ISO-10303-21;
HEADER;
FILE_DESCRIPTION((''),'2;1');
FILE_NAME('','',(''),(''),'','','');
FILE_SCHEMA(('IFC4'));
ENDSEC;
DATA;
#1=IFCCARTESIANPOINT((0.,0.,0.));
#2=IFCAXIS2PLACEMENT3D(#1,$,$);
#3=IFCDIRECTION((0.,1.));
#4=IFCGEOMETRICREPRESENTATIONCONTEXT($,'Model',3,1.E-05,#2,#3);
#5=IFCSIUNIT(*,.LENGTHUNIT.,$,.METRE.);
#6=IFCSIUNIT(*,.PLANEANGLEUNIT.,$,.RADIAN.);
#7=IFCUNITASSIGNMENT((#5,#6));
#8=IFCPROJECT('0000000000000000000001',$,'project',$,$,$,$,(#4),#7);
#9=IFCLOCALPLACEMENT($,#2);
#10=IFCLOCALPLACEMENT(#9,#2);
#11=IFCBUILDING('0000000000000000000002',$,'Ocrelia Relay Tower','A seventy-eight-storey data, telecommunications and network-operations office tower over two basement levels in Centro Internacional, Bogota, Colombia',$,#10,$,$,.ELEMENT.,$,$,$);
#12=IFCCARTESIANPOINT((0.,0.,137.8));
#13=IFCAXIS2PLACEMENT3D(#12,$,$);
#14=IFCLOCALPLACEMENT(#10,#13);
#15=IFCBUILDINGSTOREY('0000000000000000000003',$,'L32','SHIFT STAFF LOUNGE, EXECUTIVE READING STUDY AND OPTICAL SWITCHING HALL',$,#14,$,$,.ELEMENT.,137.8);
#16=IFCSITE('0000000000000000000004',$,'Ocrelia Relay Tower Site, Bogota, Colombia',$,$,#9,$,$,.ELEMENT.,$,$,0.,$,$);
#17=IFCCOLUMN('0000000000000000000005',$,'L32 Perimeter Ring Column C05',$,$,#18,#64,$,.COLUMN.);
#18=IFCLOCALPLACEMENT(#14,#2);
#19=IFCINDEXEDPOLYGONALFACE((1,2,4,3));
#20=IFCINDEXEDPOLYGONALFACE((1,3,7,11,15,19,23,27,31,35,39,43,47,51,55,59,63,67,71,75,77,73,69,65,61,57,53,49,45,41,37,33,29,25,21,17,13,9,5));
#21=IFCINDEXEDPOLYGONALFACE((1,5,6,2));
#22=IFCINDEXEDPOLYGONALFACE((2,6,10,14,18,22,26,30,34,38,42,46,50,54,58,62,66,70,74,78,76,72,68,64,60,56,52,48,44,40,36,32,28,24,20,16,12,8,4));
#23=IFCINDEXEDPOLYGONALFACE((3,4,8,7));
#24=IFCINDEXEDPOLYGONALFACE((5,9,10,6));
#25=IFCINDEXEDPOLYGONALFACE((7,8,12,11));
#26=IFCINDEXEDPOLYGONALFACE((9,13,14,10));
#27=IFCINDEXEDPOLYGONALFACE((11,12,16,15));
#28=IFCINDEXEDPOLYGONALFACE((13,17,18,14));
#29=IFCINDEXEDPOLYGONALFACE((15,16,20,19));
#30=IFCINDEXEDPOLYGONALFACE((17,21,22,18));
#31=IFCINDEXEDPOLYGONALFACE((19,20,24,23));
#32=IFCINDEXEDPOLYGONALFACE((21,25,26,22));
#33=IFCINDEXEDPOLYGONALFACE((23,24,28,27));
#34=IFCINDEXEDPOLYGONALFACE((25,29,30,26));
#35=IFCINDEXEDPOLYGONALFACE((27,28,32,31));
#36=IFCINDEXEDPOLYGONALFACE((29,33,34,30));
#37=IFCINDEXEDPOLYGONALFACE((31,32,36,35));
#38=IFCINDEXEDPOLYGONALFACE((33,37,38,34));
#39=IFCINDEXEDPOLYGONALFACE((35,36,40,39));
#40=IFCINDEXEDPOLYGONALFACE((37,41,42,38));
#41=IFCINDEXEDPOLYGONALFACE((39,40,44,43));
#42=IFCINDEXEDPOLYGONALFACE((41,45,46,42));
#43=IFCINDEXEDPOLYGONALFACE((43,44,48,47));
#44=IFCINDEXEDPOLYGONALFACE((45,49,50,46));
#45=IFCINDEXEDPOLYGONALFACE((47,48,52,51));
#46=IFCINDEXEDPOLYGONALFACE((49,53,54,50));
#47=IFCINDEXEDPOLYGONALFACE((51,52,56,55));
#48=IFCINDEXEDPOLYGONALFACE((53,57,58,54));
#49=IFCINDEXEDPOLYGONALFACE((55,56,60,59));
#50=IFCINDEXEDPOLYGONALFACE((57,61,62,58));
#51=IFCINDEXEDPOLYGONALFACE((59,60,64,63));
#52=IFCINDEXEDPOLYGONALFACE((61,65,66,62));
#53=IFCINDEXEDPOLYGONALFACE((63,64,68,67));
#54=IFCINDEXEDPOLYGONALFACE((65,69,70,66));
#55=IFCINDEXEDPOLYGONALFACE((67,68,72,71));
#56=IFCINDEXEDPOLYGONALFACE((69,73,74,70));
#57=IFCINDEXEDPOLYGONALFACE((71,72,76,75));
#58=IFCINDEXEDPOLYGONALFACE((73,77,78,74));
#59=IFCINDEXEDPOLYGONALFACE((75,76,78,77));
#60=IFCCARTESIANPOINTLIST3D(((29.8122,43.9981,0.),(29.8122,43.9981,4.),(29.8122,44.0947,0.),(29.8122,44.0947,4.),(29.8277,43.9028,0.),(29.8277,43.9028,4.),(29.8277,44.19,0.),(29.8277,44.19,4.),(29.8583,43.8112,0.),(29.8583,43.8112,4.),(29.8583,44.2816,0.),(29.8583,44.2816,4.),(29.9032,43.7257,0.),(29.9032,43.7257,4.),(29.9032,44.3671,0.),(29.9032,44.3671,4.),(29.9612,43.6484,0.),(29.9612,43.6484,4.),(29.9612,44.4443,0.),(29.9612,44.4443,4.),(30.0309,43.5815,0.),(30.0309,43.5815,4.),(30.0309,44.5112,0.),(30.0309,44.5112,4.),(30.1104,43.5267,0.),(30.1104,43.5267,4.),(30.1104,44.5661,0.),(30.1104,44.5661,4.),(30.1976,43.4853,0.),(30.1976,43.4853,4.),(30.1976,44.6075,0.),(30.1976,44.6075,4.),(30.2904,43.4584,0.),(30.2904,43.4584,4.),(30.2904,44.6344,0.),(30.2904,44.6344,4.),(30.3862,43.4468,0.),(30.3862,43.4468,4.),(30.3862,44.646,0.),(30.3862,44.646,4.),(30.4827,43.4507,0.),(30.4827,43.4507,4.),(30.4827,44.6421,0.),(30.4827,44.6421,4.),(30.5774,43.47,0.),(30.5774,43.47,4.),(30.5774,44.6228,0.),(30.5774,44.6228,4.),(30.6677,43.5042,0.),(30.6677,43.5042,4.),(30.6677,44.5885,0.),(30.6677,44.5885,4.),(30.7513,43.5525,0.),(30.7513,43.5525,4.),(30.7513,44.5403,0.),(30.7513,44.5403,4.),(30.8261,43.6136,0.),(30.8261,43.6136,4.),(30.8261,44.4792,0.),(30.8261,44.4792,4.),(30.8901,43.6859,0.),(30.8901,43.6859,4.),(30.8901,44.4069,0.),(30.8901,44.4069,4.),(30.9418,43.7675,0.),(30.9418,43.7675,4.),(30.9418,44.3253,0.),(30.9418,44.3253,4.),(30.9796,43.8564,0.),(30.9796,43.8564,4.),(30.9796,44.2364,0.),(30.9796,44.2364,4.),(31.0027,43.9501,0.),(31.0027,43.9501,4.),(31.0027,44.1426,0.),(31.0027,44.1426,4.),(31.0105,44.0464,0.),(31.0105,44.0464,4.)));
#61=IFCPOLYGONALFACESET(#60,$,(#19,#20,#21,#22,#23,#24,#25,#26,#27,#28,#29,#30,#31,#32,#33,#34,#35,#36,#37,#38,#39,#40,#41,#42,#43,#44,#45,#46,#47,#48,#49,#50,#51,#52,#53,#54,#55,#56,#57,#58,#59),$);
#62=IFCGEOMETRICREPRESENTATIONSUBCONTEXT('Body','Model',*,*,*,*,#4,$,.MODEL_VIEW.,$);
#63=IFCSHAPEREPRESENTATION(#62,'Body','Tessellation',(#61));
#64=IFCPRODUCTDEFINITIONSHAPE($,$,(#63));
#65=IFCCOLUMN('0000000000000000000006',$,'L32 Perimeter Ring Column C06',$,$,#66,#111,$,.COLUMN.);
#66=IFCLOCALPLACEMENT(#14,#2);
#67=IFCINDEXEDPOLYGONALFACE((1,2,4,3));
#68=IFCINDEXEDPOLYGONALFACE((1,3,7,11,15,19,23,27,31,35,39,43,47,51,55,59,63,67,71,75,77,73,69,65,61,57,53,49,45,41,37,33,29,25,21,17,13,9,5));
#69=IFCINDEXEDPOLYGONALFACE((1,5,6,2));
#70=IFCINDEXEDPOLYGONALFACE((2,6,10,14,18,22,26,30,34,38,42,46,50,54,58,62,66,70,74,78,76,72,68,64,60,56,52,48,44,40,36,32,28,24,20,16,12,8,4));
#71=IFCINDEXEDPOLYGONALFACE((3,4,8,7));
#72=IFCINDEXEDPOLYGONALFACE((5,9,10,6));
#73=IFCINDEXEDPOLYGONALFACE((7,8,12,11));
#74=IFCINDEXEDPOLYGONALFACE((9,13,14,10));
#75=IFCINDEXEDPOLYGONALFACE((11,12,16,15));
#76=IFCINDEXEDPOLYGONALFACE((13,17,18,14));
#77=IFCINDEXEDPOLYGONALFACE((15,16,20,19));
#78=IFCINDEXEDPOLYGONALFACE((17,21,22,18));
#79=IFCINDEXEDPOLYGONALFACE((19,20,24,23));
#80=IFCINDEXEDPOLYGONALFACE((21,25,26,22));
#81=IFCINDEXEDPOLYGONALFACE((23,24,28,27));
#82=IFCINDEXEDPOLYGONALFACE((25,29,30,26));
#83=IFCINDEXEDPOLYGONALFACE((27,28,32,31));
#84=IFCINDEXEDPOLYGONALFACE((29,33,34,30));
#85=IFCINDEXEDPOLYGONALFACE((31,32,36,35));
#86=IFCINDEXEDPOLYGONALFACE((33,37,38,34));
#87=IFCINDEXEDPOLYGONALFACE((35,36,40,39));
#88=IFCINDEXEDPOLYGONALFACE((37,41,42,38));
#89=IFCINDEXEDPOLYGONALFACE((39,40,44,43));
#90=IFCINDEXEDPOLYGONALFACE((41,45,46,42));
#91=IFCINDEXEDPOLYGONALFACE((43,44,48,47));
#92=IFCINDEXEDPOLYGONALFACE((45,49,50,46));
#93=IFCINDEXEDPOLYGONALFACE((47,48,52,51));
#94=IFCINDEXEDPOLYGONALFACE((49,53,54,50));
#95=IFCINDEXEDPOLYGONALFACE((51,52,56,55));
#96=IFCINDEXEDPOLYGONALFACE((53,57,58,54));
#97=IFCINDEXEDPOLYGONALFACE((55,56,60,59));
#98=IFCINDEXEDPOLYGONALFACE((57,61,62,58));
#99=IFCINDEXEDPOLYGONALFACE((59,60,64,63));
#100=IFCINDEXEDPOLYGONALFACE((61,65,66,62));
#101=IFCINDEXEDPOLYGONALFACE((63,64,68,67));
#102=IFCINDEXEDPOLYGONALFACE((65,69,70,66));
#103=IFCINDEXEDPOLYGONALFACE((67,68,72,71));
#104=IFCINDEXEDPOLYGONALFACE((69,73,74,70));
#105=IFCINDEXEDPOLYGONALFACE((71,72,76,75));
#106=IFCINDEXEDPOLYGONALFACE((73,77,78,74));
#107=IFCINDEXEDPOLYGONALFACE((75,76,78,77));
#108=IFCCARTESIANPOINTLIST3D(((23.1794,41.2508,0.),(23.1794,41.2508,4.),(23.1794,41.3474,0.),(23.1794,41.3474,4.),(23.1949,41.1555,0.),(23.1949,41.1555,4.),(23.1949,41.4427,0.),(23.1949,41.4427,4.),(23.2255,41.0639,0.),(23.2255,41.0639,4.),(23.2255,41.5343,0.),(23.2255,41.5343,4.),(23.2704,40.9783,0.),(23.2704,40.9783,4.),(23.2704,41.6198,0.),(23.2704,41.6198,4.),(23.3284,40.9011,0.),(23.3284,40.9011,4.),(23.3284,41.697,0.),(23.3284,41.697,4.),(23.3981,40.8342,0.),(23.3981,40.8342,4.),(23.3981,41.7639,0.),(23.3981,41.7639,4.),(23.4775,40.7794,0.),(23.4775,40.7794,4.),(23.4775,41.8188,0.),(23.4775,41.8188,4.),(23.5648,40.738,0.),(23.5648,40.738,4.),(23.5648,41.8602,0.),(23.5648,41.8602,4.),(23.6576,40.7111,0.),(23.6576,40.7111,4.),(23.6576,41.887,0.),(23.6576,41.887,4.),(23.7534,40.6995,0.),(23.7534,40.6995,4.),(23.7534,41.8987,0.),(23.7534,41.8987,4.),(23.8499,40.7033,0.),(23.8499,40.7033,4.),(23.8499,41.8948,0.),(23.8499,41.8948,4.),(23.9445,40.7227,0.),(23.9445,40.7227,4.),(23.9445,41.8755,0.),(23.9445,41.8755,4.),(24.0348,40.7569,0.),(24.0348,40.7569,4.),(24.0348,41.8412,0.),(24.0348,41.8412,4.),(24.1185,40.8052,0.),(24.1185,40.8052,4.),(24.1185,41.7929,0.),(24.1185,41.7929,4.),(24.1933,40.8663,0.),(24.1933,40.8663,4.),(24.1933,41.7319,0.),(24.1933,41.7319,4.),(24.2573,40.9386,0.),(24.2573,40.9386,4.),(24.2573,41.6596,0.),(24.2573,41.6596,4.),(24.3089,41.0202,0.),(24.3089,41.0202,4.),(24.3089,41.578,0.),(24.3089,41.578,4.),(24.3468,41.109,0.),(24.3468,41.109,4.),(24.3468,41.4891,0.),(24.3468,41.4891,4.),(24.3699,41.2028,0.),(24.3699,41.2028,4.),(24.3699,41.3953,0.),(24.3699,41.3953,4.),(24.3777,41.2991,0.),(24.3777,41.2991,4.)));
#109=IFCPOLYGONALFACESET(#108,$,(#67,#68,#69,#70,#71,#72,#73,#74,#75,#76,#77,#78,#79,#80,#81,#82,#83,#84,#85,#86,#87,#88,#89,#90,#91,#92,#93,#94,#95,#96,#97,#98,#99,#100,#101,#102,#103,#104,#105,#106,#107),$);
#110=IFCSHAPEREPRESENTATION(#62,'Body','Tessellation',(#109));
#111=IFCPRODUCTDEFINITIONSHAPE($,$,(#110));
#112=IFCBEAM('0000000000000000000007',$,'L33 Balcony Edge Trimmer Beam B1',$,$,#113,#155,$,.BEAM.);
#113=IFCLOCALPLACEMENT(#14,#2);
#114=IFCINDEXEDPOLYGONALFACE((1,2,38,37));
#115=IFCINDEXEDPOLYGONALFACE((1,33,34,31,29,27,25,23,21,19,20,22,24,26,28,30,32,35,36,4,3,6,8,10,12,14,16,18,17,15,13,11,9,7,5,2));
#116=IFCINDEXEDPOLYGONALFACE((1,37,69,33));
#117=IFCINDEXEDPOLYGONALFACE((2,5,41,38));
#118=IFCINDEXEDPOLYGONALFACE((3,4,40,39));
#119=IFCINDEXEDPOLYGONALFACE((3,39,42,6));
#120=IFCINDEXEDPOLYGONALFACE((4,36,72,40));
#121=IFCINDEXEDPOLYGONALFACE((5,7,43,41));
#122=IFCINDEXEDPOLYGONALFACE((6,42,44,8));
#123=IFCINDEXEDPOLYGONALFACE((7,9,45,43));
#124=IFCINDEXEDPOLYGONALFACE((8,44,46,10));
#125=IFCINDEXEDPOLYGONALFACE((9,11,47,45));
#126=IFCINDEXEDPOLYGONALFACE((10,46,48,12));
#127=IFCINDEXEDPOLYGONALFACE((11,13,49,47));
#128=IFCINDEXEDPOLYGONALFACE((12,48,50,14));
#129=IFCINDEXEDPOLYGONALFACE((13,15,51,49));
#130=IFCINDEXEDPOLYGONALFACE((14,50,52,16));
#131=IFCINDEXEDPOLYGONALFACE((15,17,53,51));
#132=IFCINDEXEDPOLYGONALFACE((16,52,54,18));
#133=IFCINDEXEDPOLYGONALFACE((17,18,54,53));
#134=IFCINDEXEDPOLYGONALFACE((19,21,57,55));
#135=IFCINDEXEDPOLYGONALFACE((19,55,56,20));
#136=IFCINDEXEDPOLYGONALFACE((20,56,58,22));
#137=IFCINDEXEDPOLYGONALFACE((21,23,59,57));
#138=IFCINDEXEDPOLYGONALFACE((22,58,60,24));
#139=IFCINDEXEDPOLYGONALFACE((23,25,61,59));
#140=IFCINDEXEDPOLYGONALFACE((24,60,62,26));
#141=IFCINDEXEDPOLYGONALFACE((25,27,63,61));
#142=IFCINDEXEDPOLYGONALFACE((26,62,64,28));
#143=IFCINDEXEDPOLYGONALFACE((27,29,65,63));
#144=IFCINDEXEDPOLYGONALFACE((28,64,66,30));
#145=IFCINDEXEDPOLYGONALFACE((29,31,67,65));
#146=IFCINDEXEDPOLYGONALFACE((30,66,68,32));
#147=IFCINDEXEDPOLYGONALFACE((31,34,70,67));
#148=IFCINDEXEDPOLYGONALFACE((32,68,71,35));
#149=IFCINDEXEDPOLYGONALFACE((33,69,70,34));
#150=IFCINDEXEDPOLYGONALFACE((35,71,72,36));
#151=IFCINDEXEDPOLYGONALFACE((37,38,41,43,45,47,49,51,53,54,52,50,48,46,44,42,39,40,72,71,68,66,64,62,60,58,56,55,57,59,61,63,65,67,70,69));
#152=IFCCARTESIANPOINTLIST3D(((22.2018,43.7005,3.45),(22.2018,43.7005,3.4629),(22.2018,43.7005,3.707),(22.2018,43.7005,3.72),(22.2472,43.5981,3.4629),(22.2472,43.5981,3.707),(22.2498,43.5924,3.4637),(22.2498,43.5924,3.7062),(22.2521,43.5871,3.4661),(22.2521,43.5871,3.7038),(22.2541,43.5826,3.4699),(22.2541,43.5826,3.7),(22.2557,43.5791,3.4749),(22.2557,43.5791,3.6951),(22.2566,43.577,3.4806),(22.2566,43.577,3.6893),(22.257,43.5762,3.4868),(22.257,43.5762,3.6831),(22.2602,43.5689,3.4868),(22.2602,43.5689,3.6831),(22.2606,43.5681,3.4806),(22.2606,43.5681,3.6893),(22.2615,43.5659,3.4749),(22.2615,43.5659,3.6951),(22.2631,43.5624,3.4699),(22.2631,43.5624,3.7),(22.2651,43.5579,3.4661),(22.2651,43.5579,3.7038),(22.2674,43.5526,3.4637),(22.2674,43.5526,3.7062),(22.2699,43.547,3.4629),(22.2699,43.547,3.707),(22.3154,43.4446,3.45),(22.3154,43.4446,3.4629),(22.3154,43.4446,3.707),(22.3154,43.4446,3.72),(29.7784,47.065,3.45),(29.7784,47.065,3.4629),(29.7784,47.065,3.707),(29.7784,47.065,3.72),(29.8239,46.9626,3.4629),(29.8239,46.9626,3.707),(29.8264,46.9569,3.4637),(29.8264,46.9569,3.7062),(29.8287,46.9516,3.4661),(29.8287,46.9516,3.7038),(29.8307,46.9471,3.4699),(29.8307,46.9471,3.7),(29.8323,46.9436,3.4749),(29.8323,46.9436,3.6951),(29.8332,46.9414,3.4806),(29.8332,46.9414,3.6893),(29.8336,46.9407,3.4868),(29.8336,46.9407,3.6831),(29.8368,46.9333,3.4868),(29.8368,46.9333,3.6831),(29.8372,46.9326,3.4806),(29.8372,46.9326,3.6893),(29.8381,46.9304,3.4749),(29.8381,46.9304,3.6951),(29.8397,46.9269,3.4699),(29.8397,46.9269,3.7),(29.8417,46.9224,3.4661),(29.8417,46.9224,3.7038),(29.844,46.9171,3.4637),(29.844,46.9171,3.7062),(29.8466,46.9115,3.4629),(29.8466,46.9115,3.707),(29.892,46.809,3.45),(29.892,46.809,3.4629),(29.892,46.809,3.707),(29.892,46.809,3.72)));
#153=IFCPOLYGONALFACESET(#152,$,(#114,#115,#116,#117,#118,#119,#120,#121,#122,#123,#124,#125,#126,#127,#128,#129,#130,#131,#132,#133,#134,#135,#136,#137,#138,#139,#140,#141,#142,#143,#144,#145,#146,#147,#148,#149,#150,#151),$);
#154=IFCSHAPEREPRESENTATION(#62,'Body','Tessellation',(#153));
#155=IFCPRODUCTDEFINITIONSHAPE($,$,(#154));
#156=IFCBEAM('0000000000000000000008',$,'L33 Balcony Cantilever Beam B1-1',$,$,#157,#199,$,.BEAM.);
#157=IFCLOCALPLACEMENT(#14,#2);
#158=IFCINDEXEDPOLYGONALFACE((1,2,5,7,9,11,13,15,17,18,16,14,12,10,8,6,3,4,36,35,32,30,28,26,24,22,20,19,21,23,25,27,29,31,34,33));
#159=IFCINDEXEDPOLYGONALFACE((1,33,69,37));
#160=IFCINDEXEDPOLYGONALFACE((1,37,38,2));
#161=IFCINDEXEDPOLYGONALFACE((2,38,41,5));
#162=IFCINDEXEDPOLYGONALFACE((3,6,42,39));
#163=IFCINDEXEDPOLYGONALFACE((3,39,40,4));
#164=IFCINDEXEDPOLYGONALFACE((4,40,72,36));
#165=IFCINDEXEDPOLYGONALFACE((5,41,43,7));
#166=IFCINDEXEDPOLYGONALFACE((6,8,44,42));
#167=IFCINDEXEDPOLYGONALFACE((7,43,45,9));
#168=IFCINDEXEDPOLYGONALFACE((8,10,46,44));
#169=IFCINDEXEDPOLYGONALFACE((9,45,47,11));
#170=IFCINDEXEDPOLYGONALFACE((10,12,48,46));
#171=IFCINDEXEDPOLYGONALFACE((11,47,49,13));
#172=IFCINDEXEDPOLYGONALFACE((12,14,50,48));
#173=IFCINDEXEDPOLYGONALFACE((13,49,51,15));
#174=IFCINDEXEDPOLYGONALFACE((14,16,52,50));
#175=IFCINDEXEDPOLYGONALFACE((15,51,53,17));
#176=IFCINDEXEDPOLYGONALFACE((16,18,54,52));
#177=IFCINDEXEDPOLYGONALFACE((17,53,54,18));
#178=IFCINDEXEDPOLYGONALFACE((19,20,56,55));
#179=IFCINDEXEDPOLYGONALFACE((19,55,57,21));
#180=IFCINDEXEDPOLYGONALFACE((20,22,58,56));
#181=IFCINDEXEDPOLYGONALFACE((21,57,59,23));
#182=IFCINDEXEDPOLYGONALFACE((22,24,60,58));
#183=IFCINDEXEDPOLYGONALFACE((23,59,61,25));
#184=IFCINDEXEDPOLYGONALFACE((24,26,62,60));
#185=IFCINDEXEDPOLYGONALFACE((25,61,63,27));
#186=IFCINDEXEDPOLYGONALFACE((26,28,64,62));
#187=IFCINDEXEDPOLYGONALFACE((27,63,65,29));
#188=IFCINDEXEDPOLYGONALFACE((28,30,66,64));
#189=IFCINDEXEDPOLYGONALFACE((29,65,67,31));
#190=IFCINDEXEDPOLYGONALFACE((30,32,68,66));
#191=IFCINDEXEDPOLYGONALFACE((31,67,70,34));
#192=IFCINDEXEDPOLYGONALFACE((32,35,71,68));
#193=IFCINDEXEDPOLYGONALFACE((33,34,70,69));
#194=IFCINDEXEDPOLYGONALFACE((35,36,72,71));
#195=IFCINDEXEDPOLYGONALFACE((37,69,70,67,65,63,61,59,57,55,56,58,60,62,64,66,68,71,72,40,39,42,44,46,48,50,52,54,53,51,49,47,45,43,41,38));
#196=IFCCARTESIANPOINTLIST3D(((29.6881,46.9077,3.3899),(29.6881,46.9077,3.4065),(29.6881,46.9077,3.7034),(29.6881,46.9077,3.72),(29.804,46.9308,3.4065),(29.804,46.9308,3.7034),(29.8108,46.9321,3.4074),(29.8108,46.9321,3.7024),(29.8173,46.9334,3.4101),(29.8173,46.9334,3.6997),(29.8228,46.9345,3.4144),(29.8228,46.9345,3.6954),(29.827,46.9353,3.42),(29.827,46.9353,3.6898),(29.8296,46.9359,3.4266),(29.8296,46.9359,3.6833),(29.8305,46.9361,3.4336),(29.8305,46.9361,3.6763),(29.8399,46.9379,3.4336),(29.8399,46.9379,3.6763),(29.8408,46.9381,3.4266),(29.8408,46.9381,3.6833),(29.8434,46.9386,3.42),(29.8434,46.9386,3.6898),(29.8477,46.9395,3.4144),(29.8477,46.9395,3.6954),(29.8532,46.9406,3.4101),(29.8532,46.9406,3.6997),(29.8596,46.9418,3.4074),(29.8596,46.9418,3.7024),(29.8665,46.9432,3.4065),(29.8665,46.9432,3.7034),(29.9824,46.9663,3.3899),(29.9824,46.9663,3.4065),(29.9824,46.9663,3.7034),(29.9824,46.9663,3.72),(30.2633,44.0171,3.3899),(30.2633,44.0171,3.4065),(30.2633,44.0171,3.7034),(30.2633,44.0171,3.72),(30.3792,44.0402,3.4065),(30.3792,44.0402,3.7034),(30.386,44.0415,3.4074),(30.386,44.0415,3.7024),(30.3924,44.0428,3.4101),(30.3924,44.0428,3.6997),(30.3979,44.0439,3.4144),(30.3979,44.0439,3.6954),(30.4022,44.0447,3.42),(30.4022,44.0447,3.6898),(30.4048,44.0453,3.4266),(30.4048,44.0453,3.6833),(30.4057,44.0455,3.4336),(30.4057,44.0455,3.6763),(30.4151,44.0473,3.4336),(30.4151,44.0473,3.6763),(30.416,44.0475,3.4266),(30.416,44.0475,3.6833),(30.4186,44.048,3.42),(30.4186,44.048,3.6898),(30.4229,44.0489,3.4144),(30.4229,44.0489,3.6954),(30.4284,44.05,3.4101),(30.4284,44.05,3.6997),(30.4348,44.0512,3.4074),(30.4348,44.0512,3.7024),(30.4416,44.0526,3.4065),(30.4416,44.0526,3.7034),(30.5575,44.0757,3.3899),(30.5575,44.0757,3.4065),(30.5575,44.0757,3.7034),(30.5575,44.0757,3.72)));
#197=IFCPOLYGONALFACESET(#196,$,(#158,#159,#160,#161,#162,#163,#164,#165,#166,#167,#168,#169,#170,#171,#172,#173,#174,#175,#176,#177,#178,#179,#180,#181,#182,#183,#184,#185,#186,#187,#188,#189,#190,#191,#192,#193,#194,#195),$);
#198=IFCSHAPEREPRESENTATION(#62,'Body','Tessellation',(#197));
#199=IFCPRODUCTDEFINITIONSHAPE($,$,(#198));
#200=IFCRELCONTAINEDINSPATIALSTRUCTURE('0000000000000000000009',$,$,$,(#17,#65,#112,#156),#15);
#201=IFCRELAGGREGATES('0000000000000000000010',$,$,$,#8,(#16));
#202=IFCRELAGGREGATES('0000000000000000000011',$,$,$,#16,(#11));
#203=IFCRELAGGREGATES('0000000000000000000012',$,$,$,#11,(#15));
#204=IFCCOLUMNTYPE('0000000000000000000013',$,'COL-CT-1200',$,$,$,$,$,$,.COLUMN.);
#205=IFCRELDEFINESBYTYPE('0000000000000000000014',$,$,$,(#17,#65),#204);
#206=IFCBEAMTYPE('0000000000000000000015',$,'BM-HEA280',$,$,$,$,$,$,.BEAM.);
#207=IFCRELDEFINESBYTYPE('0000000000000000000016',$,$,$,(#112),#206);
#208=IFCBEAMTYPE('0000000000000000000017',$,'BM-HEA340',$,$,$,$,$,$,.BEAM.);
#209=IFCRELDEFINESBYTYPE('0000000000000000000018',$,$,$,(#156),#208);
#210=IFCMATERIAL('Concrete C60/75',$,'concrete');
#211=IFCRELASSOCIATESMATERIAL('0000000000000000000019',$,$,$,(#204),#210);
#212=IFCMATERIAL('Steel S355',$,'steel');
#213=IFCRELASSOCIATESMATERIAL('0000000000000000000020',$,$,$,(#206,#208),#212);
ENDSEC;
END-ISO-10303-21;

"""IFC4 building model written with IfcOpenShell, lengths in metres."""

from ifc_helpers import new_model, si_unit, direction, frame, origin, origin_2d, place, context, subcontext, project, spatial, circle, i_section, extrude, material, material_profile, profile_set, type_object, element, save


model = new_model("IFC4")

# Units and contexts
model_context = context("Model", 3, precision=1e-05, world=origin(), true_north=direction((0.0, 1.0)))
body_context = subcontext(model_context, "Body", "Model", "MODEL_VIEW")
ifc_project = project(units=[si_unit("LENGTHUNIT", "METRE"), si_unit("PLANEANGLEUNIT", "RADIAN")], contexts=[model_context])

# Site, building, storey
site_placement = place(None, origin())
site = spatial("IfcSite", under=ifc_project, at=site_placement, Name="Ocrelia Relay Tower Site, Bogota, Colombia", CompositionType="ELEMENT", RefElevation=0.0)
building_placement = place(site_placement, origin())
building = spatial("IfcBuilding", under=site, at=building_placement, Name="Ocrelia Relay Tower", Description="A seventy-eight-storey data, telecommunications and network-operations office tower over two basement levels in Centro Internacional, Bogota, Colombia", CompositionType="ELEMENT")
storey_placement = place(building_placement, frame((0.0, 0.0, 137.8)))
storey = spatial("IfcBuildingStorey", under=building, at=storey_placement, Name="L32", Description="SHIFT STAFF LOUNGE, EXECUTIVE READING STUDY AND OPTICAL SWITCHING HALL", CompositionType="ELEMENT", Elevation=137.8)

# Columns
ifc_material_1 = material(Name="Concrete C60/75", Category="concrete")
ifc_material_profile_1 = material_profile(ifc_material_1, circle(Radius=0.6001, at=origin_2d()), Name="RC-CIR-1200")
ifc_profile_set_1 = profile_set([ifc_material_profile_1], Name="Concrete C60/75")
column_type = type_object("IfcColumnType", Name="COL-CT-1200", PredefinedType="COLUMN", material=ifc_profile_set_1)
for number, where, z_axis, x_axis, name in (
    (1, (30.4104, 44.0464, 0.0), (0.0, 0.0, 1.0), (1.0, 0.0, 0.0), "L32 Perimeter Ring Column C05"),
    (2, (23.7776, 41.2991, 0.0), (0.0, 0.0, 1.0), (1.0, 0.0, 0.0), "L32 Perimeter Ring Column C06"),
):
    element("IfcColumn", number, at=place(storey_placement, frame(where, z_axis=z_axis, x_axis=x_axis)), inside=storey, type_object=column_type, Name=name, PredefinedType="COLUMN", context=body_context, shape_type="SweptSolid", body=[
        extrude(circle(Radius=0.6001, at=origin_2d()), origin(), (0.0, 0.0, 1.0), 4.0),
    ])

# Beams
ifc_material_2 = material(Name="Steel S355", Category="steel")
ifc_material_profile_2 = material_profile(ifc_material_2, i_section(OverallWidth=0.28, OverallDepth=0.27, WebThickness=0.0081, FlangeThickness=0.0129, FilletRadius=0.0239, at=origin_2d()), Name="HEA 280")
ifc_profile_set_2 = profile_set([ifc_material_profile_2], Name="Steel S355")
beam_type_1 = type_object("IfcBeamType", Name="BM-HEA280", PredefinedType="BEAM", material=ifc_profile_set_2)
beam_1_placement = place(storey_placement, frame((29.8352, 46.937, 3.585), z_axis=(-0.913941, -0.405846, 0.0), x_axis=(0.405846, -0.913941, 0.0)))
element("IfcBeam", 3, at=beam_1_placement, inside=storey, type_object=beam_type_1, Name="L33 Balcony Edge Trimmer Beam B1", PredefinedType="BEAM", context=body_context, shape_type="SweptSolid", body=[
    extrude(i_section(OverallWidth=0.28, OverallDepth=0.27, WebThickness=0.0081, FlangeThickness=0.0129, FilletRadius=0.0239, at=origin_2d()), origin(), (0.0, 0.0, 1.0), 8.29),
])
ifc_material_profile_3 = material_profile(ifc_material_2, i_section(OverallWidth=0.3, OverallDepth=0.3301, WebThickness=0.0095, FlangeThickness=0.0166, FilletRadius=0.0271, at=origin_2d()), Name="HEA 340")
ifc_profile_set_3 = profile_set([ifc_material_profile_3], Name="Steel S355")
beam_type_2 = type_object("IfcBeamType", Name="BM-HEA340", PredefinedType="BEAM", material=ifc_profile_set_3)
beam_2_placement = place(storey_placement, frame((30.4104, 44.0464, 3.5549), z_axis=(-0.19516, 0.980771, 0.0), x_axis=(-0.980771, -0.19516, 0.0)))
element("IfcBeam", 4, at=beam_2_placement, inside=storey, type_object=beam_type_2, Name="L33 Balcony Cantilever Beam B1-1", PredefinedType="BEAM", context=body_context, shape_type="SweptSolid", body=[
    extrude(i_section(OverallWidth=0.3, OverallDepth=0.3301, WebThickness=0.0095, FlangeThickness=0.0166, FilletRadius=0.0271, at=origin_2d()), origin(), (0.0, 0.0, 1.0), 2.9473),
])

save(model, "model.ifc")
